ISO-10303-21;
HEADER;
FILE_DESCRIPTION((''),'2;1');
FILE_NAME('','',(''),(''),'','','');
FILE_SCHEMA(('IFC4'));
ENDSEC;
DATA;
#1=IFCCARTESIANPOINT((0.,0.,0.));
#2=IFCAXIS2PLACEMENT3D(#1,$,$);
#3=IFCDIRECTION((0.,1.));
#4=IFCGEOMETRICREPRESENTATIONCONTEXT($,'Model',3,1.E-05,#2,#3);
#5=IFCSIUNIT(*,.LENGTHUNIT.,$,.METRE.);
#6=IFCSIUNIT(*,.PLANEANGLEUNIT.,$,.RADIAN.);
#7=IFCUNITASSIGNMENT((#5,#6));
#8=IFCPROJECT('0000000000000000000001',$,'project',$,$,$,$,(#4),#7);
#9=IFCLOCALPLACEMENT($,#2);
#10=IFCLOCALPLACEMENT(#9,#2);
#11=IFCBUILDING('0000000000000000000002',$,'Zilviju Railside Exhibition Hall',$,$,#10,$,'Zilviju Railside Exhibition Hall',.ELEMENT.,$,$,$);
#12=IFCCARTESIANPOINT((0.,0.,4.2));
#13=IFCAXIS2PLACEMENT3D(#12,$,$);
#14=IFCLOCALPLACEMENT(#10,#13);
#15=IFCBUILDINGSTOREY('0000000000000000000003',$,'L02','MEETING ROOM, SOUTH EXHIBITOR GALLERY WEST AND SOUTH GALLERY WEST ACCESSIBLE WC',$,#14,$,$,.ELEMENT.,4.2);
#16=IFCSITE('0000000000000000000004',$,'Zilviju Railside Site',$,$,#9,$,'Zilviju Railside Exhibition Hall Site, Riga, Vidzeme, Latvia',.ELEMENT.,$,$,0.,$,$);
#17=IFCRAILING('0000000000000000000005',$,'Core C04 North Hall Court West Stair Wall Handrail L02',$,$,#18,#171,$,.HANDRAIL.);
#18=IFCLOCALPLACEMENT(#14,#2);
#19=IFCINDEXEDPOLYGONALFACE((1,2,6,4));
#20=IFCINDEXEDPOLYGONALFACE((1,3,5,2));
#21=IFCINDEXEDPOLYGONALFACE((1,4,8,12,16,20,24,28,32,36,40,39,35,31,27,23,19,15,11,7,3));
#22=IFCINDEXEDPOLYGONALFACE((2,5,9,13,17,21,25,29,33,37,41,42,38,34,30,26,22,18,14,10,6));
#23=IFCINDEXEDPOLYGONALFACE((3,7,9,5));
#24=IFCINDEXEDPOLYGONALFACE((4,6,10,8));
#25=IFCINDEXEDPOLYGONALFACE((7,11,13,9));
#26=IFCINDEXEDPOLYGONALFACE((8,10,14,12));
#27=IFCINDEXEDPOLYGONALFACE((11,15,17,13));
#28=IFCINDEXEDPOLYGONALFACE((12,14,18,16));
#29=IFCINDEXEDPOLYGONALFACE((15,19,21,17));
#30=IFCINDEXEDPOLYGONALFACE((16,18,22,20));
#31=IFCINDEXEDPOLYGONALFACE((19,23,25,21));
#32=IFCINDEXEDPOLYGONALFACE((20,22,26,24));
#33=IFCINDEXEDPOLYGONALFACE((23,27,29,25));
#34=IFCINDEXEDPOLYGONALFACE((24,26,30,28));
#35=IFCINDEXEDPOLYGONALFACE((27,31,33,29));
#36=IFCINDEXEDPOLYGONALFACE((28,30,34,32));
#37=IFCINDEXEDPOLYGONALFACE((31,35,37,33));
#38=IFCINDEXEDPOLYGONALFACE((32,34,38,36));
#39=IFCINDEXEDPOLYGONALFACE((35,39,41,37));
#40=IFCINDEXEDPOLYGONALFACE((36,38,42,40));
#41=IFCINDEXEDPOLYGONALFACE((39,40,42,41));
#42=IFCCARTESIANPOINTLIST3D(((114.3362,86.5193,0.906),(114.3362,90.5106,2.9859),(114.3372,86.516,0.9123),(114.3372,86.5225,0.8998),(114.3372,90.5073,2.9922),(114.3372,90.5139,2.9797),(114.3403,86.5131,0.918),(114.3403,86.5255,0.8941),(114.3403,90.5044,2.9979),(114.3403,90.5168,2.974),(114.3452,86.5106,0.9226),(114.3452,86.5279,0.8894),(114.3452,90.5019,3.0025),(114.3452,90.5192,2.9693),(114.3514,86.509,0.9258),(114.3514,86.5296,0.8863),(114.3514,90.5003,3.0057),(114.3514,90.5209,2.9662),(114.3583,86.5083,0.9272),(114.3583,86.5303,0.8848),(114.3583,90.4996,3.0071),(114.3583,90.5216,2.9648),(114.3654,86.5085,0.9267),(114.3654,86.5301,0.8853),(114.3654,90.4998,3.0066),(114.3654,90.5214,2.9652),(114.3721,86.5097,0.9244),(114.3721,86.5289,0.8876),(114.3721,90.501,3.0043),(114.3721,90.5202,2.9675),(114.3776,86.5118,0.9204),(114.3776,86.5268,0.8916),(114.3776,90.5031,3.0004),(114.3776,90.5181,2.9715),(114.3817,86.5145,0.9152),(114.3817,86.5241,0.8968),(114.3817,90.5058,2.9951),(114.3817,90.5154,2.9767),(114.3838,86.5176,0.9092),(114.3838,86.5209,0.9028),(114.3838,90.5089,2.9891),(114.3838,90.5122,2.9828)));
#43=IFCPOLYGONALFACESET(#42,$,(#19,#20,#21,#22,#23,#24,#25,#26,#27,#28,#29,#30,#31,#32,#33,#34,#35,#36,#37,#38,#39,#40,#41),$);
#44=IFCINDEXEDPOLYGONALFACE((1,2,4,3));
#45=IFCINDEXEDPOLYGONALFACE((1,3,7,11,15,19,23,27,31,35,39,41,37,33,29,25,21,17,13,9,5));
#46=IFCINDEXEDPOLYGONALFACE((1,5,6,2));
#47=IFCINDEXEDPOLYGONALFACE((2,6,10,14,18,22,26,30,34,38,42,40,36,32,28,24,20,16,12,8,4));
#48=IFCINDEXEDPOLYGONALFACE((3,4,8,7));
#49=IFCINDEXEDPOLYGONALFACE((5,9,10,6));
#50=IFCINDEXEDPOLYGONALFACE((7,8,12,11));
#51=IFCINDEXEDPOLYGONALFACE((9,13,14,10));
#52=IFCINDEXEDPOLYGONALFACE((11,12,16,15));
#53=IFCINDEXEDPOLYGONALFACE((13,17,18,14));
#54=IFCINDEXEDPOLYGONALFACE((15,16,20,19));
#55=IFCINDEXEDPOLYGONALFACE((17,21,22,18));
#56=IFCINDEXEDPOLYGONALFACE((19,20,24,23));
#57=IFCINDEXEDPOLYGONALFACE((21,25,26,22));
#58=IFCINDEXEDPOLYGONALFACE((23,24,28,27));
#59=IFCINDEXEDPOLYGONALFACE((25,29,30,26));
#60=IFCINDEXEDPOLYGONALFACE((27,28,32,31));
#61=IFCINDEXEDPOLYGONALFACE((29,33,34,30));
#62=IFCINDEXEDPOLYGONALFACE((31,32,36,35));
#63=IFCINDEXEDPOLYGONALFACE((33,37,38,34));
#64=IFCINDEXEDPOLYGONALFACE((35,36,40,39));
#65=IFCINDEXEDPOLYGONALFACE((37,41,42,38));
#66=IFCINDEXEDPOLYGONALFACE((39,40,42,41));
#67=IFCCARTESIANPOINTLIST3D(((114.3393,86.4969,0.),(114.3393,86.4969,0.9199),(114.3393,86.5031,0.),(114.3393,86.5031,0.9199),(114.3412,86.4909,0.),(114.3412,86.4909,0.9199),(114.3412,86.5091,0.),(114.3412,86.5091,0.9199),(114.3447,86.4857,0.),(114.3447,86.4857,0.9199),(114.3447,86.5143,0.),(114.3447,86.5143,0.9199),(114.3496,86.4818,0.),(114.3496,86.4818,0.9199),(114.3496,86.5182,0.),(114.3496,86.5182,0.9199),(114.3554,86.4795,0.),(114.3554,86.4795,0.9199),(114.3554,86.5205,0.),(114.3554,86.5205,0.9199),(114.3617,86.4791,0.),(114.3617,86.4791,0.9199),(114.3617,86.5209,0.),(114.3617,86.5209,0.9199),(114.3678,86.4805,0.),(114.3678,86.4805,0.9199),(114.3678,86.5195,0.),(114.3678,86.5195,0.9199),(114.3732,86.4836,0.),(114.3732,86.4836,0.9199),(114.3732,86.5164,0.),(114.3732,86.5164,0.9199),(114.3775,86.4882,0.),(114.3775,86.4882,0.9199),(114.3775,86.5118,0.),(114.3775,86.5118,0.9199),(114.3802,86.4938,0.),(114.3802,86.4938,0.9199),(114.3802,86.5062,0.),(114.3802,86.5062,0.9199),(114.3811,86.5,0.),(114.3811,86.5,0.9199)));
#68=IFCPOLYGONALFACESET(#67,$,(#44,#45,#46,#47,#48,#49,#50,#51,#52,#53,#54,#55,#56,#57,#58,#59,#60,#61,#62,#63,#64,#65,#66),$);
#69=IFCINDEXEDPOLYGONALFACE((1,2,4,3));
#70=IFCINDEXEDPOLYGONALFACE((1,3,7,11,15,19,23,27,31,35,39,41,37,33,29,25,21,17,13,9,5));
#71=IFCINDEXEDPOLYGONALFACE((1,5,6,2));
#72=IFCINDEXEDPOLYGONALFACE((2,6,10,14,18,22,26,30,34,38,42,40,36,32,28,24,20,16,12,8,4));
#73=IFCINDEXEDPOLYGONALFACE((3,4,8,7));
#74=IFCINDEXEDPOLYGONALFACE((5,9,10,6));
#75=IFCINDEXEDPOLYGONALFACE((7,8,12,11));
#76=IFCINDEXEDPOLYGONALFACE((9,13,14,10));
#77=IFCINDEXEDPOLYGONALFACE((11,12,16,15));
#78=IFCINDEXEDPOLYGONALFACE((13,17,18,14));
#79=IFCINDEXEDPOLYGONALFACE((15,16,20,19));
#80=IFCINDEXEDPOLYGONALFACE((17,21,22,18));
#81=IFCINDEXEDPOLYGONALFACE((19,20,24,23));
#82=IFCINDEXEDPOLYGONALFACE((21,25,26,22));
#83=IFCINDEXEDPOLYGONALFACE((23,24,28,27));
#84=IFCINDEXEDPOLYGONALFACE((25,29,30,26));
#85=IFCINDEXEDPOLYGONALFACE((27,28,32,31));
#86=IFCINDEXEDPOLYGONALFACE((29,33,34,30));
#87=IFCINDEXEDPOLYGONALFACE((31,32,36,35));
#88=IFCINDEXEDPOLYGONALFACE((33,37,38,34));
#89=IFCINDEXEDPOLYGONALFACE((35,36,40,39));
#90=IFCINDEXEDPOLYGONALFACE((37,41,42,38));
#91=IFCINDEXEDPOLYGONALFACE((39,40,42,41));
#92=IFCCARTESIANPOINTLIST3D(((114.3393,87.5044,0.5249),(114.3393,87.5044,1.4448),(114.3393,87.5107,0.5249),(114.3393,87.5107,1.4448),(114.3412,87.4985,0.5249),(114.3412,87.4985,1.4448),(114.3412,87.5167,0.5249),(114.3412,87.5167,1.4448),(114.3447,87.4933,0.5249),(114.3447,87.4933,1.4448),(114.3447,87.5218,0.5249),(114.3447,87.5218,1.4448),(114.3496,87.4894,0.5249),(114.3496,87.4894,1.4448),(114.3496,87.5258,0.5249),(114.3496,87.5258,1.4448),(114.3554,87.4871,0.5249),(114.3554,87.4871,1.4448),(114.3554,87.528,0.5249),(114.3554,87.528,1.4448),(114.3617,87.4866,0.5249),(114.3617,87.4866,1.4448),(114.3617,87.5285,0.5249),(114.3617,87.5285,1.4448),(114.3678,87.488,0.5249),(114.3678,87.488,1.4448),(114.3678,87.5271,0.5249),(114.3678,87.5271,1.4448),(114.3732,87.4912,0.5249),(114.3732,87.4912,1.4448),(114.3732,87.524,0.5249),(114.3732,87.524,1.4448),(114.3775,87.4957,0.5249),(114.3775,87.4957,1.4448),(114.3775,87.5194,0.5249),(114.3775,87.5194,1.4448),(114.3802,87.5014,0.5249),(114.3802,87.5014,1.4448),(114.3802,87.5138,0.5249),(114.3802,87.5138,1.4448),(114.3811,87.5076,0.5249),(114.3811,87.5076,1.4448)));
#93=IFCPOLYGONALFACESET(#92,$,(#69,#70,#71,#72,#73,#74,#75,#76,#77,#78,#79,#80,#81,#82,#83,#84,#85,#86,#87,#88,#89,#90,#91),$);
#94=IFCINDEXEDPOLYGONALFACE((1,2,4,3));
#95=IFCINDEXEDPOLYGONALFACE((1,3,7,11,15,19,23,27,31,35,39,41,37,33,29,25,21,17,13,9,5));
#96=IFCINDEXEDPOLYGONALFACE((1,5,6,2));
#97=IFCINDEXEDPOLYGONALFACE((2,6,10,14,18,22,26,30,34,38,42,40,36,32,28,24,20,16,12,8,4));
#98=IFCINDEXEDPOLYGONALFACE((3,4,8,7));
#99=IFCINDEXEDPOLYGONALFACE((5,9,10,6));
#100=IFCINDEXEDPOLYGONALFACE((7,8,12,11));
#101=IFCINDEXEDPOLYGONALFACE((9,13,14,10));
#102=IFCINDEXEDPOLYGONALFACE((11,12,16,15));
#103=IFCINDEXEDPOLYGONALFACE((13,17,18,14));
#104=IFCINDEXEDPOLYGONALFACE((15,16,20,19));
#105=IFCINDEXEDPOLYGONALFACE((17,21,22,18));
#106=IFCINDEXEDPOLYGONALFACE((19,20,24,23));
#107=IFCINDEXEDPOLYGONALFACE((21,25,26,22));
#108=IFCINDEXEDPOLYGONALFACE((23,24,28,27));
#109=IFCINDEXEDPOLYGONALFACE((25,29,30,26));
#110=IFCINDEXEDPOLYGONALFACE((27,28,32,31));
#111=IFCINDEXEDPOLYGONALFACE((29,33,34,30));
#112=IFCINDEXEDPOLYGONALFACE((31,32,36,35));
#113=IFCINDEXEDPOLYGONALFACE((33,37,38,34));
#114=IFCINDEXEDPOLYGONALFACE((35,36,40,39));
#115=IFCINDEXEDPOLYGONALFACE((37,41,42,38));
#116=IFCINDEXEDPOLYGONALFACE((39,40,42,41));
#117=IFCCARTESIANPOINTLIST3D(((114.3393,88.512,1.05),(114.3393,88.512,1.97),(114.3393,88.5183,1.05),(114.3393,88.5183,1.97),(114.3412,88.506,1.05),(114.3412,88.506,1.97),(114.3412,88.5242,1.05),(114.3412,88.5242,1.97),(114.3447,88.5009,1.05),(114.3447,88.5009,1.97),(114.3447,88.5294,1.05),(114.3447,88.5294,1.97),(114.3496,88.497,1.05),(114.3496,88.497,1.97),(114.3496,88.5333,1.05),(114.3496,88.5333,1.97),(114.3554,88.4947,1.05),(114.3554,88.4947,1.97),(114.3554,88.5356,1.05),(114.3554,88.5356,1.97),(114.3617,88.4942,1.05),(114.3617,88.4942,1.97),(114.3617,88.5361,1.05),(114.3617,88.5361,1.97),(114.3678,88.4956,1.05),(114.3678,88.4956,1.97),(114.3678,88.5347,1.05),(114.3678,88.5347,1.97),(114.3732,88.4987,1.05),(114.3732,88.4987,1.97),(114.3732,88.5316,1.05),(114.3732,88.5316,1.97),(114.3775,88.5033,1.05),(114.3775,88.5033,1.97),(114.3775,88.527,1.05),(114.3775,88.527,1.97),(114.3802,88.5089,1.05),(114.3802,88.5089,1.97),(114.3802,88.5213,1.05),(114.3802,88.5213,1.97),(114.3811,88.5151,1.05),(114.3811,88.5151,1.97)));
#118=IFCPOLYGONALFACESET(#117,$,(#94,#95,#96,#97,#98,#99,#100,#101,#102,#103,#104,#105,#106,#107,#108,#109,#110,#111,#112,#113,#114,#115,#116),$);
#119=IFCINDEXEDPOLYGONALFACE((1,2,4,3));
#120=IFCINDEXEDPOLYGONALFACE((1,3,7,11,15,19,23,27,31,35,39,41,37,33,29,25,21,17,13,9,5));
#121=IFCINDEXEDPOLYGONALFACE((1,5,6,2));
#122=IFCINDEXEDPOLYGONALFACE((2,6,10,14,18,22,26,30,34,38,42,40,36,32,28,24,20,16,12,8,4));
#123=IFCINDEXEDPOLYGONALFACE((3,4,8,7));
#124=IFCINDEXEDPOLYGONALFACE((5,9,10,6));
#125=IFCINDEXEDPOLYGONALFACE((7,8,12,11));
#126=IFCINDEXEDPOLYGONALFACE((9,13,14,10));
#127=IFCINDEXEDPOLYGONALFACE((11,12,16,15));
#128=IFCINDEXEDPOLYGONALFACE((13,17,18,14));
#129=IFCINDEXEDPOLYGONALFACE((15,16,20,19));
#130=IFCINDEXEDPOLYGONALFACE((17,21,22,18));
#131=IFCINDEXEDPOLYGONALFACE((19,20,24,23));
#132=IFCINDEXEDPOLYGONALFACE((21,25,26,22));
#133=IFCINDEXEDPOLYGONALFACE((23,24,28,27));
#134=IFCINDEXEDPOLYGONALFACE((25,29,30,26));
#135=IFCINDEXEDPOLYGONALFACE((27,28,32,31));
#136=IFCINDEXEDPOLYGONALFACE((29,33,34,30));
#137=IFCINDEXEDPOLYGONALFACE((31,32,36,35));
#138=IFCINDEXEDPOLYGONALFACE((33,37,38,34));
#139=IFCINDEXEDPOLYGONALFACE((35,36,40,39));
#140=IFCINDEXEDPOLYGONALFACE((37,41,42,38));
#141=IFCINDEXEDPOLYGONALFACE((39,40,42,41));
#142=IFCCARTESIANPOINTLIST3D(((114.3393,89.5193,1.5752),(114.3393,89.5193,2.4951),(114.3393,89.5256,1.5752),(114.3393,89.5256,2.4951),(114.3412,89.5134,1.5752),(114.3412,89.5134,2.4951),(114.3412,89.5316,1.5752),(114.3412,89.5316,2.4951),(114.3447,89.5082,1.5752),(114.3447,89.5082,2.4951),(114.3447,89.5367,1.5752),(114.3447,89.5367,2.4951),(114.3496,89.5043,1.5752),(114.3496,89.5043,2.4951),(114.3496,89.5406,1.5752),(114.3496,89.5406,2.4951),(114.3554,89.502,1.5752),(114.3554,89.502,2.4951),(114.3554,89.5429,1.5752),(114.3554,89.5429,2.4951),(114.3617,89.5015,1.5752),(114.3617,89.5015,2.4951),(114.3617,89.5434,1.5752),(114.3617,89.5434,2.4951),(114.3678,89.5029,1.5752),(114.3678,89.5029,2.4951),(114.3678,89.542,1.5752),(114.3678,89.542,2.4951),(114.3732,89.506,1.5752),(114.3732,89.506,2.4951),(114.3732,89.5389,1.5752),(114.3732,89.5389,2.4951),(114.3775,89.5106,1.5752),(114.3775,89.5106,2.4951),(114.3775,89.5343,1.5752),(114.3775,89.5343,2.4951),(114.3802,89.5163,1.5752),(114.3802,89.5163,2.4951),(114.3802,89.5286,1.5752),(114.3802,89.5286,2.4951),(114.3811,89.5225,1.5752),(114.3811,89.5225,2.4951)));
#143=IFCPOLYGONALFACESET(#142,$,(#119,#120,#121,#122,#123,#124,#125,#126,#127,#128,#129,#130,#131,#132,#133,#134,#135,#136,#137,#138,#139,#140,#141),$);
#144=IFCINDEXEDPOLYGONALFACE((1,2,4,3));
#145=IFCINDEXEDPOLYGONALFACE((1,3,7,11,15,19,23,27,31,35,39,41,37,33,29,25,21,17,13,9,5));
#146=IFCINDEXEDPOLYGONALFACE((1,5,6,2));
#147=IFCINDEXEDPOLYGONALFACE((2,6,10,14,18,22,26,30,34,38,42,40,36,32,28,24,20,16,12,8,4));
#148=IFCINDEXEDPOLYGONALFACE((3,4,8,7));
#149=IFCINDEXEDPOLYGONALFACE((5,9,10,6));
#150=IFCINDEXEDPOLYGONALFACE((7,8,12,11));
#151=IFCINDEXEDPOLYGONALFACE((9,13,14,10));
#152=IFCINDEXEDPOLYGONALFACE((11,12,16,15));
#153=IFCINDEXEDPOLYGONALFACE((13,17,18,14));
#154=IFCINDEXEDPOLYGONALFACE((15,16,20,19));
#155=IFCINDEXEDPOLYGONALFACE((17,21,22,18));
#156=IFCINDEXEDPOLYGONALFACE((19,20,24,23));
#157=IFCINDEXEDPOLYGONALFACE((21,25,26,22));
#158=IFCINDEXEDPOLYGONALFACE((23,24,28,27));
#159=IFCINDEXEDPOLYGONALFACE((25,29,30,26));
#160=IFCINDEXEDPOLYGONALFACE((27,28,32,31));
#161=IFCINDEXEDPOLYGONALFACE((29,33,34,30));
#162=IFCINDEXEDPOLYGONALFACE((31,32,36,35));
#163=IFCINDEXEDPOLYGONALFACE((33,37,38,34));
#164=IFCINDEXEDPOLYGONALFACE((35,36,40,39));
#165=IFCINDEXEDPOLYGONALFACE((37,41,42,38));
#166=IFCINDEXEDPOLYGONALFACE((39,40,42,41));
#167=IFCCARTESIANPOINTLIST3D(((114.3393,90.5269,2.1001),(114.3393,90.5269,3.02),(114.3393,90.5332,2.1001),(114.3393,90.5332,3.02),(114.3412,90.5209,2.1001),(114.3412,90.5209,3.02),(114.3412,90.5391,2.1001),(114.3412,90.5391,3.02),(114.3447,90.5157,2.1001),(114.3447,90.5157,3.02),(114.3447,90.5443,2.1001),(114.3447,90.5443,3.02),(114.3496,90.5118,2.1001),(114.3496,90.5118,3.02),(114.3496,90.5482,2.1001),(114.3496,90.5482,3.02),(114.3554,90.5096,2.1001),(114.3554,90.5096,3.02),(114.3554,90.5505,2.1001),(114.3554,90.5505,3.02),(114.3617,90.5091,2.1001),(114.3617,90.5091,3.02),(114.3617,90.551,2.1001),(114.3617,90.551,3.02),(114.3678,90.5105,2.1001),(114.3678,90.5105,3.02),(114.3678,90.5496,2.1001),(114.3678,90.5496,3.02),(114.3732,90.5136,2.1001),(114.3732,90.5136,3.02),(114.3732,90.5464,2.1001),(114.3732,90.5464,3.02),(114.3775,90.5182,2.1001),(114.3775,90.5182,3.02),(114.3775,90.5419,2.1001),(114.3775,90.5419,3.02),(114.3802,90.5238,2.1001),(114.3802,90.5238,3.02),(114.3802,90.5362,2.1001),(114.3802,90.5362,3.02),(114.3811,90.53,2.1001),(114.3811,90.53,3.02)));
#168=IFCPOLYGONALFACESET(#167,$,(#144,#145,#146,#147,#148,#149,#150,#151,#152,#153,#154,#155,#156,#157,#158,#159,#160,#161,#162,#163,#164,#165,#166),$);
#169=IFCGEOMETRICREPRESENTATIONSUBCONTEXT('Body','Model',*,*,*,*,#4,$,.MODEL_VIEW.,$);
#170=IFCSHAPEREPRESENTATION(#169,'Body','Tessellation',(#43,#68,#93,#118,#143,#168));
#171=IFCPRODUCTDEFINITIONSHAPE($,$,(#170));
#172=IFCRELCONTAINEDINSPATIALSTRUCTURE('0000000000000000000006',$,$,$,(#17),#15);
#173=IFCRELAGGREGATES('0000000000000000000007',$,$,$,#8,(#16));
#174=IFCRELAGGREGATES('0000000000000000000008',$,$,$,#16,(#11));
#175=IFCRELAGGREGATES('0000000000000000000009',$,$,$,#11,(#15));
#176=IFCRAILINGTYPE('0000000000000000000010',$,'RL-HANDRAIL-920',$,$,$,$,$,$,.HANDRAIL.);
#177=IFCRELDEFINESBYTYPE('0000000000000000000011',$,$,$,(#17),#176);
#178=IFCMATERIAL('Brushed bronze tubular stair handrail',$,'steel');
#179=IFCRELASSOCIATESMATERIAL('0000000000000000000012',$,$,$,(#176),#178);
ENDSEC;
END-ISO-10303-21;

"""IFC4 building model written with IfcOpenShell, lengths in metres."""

from ifc_helpers import new_model, si_unit, direction, frame, origin, origin_2d, place, context, subcontext, project, spatial, circle, extrude, material, type_object, element, save


model = new_model("IFC4")

# Units and contexts
model_context = context("Model", 3, precision=1e-05, world=origin(), true_north=direction((0.0, 1.0)))
body_context = subcontext(model_context, "Body", "Model", "MODEL_VIEW")
ifc_project = project(units=[si_unit("LENGTHUNIT", "METRE"), si_unit("PLANEANGLEUNIT", "RADIAN")], contexts=[model_context])

# Site, building, storey
site_placement = place(None, origin())
site = spatial("IfcSite", under=ifc_project, at=site_placement, Name="Zilviju Railside Site", LongName="Zilviju Railside Exhibition Hall Site, Riga, Vidzeme, Latvia", CompositionType="ELEMENT", RefElevation=0.0)
building_placement = place(site_placement, origin())
building = spatial("IfcBuilding", under=site, at=building_placement, Name="Zilviju Railside Exhibition Hall", LongName="Zilviju Railside Exhibition Hall", CompositionType="ELEMENT")
storey_placement = place(building_placement, frame((0.0, 0.0, 4.2)))
storey = spatial("IfcBuildingStorey", under=building, at=storey_placement, Name="L02", Description="MEETING ROOM, SOUTH EXHIBITOR GALLERY WEST AND SOUTH GALLERY WEST ACCESSIBLE WC", CompositionType="ELEMENT", Elevation=4.2)

# Railing
ifc_material_1 = material(Name="Brushed bronze tubular stair handrail", Category="steel")
railing_type_1 = type_object("IfcRailingType", Name="RL-HANDRAIL-920", PredefinedType="HANDRAIL", material=ifc_material_1)
railing_1_placement = place(storey_placement, frame((114.3601, 86.5, 0.0)))
element("IfcRailing", 1, at=railing_1_placement, inside=storey, type_object=railing_type_1, Name="Core C04 North Hall Court West Stair Wall Handrail L02", PredefinedType="HANDRAIL", context=body_context, shape_type="SweptSolid", body=[
    extrude(circle(Radius=0.0239, at=origin_2d()), frame((0.0, 0.0193, 0.906), z_axis=(0.0, 0.886813, 0.462129), x_axis=(-1.0, 0.0, 0.0)), (0.0, 0.0, 1.0), 4.5007),
    extrude(circle(Radius=0.021, at=origin_2d()), origin(), (0.0, 0.0, 1.0), 0.9199),
    extrude(circle(Radius=0.021, at=origin_2d()), frame((0.0, 1.0076, 0.5249)), (0.0, 0.0, 1.0), 0.9199),
    extrude(circle(Radius=0.021, at=origin_2d()), frame((0.0, 2.0151, 1.05)), (0.0, 0.0, 1.0), 0.9199),
    extrude(circle(Radius=0.021, at=origin_2d()), frame((0.0, 3.0225, 1.5752)), (0.0, 0.0, 1.0), 0.9199),
    extrude(circle(Radius=0.021, at=origin_2d()), frame((0.0, 4.03, 2.1001)), (0.0, 0.0, 1.0), 0.9199),
])

save(model, "model.ifc")
